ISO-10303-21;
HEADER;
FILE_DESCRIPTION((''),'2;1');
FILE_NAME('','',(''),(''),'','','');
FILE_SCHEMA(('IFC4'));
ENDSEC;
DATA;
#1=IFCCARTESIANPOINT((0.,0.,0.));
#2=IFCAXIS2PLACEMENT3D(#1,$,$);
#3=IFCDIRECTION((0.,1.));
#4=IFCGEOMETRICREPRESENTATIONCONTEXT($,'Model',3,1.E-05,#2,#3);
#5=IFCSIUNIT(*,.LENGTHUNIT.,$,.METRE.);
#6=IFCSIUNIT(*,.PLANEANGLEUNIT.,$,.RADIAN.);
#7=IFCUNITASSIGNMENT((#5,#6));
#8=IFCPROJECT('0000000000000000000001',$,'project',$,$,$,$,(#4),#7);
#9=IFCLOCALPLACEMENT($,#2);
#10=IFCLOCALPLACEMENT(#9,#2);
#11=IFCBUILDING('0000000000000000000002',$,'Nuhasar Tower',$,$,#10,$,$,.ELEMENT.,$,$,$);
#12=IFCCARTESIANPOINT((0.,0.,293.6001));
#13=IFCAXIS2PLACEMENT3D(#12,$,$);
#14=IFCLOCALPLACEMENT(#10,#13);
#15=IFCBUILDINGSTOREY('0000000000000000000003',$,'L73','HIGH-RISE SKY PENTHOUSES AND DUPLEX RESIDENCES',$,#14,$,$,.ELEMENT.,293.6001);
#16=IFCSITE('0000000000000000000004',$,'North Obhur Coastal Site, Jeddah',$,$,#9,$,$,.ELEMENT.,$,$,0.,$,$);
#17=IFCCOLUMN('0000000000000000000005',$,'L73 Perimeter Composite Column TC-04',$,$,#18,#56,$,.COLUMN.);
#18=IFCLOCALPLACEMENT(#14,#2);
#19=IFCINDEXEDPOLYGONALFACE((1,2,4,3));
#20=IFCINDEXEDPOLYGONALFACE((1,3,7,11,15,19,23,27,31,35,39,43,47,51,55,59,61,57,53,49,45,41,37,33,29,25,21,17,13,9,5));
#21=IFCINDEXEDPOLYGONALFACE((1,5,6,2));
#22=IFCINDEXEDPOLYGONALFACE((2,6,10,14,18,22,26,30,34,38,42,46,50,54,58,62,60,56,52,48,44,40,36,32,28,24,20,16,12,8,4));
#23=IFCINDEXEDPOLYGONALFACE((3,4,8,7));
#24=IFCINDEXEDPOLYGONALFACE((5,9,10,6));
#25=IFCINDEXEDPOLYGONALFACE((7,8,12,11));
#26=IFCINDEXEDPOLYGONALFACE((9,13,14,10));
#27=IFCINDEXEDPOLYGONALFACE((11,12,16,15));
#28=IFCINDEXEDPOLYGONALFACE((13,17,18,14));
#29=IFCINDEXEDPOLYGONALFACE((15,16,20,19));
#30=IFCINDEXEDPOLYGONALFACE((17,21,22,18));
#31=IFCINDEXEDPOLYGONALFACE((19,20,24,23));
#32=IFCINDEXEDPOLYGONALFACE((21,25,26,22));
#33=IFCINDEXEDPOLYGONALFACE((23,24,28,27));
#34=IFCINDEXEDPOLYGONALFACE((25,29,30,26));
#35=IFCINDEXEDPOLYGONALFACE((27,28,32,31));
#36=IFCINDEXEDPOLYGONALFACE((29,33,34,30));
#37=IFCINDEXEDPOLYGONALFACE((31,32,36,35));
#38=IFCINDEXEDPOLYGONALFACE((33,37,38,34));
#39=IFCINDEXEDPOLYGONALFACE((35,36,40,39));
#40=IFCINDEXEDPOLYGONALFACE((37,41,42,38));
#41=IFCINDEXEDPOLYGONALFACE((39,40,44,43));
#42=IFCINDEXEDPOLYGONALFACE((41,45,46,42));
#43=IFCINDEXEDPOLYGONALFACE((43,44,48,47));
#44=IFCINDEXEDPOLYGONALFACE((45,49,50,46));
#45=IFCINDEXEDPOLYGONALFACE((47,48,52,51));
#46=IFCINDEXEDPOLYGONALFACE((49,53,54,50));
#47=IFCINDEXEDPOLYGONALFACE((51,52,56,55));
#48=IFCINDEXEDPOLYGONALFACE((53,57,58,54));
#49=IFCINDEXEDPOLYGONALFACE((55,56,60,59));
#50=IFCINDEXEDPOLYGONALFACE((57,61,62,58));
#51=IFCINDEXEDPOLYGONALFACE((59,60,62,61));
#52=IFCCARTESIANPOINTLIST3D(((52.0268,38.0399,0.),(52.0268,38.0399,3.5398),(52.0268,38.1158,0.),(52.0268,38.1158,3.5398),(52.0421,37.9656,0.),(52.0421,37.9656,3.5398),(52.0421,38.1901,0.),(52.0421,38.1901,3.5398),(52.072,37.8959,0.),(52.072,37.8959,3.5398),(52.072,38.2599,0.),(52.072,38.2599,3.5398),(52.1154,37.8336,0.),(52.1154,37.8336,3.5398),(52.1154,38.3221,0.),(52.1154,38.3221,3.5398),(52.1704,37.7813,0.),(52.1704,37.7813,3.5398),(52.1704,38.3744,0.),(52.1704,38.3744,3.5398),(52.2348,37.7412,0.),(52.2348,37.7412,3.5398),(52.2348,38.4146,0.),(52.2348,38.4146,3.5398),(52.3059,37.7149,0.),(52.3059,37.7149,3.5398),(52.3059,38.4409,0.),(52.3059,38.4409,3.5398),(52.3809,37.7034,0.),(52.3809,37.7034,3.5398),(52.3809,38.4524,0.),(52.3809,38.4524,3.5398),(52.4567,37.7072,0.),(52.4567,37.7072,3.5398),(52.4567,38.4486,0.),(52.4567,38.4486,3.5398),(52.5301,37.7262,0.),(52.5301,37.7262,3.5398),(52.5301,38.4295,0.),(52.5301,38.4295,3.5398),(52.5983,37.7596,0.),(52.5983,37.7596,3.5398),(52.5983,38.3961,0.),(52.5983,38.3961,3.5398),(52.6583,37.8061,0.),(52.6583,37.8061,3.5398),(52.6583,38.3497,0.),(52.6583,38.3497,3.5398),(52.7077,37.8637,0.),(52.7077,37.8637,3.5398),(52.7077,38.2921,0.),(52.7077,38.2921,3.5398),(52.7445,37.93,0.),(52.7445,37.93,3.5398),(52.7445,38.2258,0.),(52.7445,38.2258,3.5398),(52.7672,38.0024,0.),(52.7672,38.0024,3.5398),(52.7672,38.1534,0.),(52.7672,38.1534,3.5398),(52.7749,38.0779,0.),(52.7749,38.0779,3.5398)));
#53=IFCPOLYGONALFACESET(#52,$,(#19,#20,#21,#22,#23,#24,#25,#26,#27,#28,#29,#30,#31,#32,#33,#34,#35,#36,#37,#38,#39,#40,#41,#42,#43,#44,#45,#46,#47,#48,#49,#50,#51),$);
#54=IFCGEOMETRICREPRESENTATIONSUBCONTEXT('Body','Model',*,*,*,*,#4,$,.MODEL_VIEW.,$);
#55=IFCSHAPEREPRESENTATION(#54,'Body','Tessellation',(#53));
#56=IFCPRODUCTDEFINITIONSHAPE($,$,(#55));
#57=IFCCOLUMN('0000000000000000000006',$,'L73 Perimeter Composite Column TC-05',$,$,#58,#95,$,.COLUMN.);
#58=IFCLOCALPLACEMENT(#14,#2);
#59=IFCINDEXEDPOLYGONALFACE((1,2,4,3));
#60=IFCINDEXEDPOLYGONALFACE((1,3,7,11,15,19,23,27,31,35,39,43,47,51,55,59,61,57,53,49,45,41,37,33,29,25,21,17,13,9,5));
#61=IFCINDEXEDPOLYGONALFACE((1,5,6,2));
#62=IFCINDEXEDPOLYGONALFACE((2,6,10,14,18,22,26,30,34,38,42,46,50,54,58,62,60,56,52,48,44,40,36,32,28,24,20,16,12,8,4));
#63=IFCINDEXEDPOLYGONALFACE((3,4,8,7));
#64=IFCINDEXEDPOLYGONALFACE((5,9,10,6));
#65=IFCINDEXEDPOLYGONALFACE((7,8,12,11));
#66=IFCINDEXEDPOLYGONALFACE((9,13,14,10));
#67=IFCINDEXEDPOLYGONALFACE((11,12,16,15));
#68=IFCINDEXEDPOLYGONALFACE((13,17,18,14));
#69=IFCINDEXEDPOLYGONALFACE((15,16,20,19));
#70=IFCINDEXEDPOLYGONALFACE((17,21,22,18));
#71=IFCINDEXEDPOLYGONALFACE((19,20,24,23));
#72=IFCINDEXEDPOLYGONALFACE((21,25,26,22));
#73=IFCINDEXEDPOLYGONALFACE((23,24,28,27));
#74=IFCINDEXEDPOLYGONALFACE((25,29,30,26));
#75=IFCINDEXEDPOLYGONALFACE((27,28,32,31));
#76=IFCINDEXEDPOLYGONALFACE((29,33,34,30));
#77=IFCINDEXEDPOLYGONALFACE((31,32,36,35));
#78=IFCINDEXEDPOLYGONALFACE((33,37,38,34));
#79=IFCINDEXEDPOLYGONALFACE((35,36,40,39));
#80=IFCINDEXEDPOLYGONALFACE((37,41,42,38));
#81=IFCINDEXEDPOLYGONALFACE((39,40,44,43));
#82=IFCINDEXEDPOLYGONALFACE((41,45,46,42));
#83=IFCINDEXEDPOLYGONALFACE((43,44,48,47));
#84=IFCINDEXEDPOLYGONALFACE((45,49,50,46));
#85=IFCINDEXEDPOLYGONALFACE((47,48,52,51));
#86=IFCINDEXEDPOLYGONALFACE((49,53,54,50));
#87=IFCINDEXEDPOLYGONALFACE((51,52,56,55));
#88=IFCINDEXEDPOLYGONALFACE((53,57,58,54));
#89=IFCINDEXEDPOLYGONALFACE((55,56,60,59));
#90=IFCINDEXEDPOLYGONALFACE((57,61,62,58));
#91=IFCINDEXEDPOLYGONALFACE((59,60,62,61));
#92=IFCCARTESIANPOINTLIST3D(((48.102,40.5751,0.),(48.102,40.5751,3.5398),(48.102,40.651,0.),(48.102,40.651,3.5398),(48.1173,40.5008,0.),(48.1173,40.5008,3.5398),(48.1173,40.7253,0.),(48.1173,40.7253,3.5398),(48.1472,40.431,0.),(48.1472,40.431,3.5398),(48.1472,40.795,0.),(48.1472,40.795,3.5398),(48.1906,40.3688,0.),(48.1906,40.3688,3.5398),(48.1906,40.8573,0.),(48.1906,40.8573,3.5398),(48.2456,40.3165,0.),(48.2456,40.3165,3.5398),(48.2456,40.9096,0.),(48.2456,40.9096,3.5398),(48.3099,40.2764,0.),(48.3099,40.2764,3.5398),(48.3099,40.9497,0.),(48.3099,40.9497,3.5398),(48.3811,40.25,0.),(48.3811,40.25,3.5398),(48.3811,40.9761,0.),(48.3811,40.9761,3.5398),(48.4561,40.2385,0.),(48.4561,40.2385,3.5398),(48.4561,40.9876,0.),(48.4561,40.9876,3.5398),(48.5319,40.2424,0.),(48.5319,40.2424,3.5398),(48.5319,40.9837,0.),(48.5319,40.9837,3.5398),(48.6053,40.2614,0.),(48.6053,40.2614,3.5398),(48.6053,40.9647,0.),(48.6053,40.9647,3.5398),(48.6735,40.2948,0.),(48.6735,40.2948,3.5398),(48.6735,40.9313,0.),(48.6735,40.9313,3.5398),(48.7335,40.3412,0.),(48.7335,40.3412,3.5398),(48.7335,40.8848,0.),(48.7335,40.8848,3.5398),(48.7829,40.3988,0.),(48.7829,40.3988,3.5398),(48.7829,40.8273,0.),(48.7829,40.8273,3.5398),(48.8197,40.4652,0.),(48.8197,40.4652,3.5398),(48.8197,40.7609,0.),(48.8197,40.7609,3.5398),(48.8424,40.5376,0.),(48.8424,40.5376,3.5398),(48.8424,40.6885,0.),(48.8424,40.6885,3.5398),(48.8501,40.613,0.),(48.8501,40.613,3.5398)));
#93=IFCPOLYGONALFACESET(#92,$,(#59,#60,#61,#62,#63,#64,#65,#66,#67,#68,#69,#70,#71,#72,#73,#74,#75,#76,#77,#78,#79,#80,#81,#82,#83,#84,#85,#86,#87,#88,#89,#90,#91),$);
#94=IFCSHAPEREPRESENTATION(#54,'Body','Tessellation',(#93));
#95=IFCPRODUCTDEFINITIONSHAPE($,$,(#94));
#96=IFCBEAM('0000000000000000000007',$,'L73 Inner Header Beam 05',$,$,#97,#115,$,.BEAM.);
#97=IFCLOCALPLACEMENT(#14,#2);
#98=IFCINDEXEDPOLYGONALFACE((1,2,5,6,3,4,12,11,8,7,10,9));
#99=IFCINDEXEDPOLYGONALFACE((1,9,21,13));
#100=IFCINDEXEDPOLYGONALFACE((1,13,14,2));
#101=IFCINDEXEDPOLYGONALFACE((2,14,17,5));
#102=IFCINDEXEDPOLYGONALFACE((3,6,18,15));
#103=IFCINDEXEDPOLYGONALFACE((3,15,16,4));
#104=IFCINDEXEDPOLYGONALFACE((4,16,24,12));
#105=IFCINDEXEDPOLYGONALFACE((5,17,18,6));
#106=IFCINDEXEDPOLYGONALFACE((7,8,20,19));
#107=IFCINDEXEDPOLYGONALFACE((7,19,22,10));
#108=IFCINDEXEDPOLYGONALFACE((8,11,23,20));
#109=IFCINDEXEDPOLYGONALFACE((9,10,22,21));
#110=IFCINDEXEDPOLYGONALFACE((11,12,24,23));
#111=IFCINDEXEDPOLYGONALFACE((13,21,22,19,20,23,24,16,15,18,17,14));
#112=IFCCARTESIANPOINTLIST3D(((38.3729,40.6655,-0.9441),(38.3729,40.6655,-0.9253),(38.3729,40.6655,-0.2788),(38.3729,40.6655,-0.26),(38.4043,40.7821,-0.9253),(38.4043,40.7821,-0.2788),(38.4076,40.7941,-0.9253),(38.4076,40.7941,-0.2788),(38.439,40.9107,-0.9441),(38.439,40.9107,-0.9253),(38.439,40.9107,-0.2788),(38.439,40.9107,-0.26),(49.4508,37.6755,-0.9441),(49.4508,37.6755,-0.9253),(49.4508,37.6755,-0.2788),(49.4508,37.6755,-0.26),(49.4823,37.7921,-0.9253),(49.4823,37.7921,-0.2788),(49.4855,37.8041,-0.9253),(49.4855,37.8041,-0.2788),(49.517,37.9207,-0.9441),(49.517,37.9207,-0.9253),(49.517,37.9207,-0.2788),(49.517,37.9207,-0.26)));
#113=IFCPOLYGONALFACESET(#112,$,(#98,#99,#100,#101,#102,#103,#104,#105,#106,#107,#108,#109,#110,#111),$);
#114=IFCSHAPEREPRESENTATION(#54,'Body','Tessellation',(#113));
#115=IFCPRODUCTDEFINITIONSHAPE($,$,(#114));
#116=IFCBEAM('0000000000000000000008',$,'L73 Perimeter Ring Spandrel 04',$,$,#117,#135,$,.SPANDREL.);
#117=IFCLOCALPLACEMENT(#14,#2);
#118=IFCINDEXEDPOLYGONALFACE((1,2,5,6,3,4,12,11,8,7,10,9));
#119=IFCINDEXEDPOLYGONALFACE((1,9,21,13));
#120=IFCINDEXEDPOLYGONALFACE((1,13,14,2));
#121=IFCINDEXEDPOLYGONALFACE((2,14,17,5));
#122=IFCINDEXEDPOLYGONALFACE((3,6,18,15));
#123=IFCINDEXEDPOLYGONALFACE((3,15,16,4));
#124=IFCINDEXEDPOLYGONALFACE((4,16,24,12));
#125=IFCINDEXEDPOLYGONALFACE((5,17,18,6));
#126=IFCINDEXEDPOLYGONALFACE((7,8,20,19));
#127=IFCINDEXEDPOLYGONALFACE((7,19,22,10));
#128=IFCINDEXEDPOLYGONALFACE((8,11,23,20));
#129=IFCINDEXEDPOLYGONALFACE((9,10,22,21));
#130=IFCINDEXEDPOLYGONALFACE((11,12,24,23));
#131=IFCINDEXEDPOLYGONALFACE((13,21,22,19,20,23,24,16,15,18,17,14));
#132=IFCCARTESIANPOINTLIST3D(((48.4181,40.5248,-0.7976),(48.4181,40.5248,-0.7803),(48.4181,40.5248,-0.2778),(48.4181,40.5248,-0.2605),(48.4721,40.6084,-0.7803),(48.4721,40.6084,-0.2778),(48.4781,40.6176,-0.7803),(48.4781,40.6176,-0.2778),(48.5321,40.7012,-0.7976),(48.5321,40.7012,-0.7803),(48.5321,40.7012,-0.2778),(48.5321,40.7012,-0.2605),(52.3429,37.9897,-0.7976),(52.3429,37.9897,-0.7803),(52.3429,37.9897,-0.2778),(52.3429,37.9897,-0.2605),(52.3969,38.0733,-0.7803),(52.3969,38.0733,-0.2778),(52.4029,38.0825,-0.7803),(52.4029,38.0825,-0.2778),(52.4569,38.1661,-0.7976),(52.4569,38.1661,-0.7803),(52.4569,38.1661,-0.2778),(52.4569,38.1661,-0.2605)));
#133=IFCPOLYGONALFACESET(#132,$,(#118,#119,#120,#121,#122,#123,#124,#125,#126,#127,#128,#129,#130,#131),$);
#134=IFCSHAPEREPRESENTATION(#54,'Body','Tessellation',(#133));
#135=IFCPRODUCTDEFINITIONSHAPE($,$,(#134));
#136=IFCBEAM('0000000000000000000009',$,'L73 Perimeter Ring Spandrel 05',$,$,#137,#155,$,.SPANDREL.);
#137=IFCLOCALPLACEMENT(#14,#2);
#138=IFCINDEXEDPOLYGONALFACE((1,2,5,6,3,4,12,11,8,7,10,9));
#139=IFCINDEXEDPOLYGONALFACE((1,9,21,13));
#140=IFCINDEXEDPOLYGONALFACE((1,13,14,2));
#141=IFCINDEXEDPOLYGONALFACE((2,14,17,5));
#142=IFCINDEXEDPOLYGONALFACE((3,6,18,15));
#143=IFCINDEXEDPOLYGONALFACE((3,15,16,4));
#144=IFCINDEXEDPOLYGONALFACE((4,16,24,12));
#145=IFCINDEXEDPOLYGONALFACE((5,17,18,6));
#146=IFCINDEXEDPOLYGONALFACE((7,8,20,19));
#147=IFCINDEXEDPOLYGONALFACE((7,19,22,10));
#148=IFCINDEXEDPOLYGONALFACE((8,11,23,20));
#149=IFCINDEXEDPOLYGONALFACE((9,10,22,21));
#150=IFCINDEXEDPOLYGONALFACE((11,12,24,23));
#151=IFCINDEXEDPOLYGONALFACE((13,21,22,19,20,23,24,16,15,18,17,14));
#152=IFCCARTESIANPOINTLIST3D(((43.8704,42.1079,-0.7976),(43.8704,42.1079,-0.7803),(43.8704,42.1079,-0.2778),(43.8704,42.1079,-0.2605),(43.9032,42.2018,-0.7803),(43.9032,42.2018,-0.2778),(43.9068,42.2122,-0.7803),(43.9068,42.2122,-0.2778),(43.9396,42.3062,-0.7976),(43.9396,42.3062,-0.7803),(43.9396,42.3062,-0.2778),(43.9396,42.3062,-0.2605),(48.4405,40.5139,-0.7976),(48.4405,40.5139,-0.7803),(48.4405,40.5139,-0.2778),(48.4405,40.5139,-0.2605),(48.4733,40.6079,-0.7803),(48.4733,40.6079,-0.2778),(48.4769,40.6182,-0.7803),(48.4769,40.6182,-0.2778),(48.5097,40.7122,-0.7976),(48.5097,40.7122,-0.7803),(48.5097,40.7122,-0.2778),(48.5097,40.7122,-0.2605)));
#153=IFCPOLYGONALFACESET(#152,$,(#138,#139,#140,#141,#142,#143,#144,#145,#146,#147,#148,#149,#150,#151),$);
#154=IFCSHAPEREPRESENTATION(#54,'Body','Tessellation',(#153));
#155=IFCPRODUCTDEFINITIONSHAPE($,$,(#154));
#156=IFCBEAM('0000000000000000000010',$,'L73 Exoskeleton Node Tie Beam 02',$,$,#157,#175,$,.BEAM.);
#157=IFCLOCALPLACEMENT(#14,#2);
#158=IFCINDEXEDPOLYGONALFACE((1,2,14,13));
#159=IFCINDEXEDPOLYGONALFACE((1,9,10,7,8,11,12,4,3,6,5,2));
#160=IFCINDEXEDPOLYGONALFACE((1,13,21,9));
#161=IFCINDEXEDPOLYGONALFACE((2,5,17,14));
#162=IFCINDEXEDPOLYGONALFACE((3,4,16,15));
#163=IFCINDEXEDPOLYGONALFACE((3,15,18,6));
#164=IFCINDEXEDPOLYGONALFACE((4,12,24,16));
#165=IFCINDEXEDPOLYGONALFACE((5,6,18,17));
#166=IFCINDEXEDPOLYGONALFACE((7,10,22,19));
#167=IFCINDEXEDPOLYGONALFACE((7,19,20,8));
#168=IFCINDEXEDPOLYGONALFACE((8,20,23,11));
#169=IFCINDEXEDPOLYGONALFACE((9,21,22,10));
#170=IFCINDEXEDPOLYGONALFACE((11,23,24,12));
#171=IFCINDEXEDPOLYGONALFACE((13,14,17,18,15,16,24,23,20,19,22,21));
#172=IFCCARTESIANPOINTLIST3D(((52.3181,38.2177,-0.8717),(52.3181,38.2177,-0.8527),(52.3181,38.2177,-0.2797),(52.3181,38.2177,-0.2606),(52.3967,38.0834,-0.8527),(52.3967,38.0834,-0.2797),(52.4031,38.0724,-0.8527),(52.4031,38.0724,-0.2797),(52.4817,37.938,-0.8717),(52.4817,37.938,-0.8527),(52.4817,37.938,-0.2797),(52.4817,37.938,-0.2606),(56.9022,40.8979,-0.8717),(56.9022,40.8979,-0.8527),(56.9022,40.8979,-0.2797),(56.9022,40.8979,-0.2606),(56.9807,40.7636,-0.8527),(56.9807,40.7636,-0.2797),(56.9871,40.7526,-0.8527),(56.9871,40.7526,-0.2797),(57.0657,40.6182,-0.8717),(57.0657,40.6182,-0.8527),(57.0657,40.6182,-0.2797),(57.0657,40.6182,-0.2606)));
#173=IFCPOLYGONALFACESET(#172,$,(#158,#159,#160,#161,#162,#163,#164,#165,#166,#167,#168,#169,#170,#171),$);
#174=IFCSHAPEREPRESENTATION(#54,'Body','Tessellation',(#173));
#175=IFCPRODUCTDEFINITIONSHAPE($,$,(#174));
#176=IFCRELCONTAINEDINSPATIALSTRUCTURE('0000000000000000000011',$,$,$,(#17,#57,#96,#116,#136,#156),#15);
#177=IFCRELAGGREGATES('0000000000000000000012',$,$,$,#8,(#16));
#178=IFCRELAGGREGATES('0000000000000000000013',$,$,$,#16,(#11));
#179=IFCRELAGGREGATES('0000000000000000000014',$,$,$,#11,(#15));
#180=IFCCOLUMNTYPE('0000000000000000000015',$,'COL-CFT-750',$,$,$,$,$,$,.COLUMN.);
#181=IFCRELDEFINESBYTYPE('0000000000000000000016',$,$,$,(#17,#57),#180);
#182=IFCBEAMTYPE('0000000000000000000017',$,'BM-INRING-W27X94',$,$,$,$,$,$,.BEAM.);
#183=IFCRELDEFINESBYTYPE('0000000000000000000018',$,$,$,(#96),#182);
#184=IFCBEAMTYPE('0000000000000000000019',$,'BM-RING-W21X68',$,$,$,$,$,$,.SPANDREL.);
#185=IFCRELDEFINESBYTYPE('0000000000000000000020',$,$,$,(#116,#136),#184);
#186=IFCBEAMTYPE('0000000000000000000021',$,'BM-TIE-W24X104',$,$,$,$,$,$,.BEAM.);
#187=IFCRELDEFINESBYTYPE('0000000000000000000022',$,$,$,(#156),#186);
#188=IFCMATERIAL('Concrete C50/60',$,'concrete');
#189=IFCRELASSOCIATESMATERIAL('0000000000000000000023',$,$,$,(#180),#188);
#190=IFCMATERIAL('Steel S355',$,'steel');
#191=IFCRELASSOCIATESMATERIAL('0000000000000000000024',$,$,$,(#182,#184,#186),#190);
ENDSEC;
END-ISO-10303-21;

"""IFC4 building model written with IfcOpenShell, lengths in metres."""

from ifc_helpers import new_model, si_unit, direction, frame, origin, origin_2d, place, context, subcontext, project, spatial, circle, i_section, extrude, material, material_profile, profile_set, type_object, element, save


model = new_model("IFC4")

# Units and contexts
model_context = context("Model", 3, precision=1e-05, world=origin(), true_north=direction((0.0, 1.0)))
body_context = subcontext(model_context, "Body", "Model", "MODEL_VIEW")
ifc_project = project(units=[si_unit("LENGTHUNIT", "METRE"), si_unit("PLANEANGLEUNIT", "RADIAN")], contexts=[model_context])

# Site, building, storey
site_placement = place(None, origin())
site = spatial("IfcSite", under=ifc_project, at=site_placement, Name="North Obhur Coastal Site, Jeddah", CompositionType="ELEMENT", RefElevation=0.0)
building_placement = place(site_placement, origin())
building = spatial("IfcBuilding", under=site, at=building_placement, Name="Nuhasar Tower", CompositionType="ELEMENT")
storey_placement = place(building_placement, frame((0.0, 0.0, 293.6001)))
storey = spatial("IfcBuildingStorey", under=building, at=storey_placement, Name="L73", Description="HIGH-RISE SKY PENTHOUSES AND DUPLEX RESIDENCES", CompositionType="ELEMENT", Elevation=293.6001)

# Columns
ifc_material_1 = material(Name="Concrete C50/60", Category="concrete")
ifc_material_profile_1 = material_profile(ifc_material_1, circle(Radius=0.375, at=origin_2d()), Name="CFT750")
ifc_profile_set_1 = profile_set([ifc_material_profile_1], Name="Concrete C50/60")
column_type = type_object("IfcColumnType", Name="COL-CFT-750", PredefinedType="COLUMN", material=ifc_profile_set_1)
for number, where, z_axis, x_axis, name in (
    (1, (52.3999, 38.0779, 0.0), (0.0, 0.0, 1.0), (1.0, 0.0, 0.0), "L73 Perimeter Composite Column TC-04"),
    (2, (48.4751, 40.613, 0.0), (0.0, 0.0, 1.0), (1.0, 0.0, 0.0), "L73 Perimeter Composite Column TC-05"),
):
    element("IfcColumn", number, at=place(storey_placement, frame(where, z_axis=z_axis, x_axis=x_axis)), inside=storey, type_object=column_type, Name=name, PredefinedType="COLUMN", context=body_context, shape_type="SweptSolid", body=[
        extrude(circle(Radius=0.375, at=origin_2d()), origin(), (0.0, 0.0, 1.0), 3.5398),
    ])

# Beams
ifc_material_2 = material(Name="Steel S355", Category="steel")
ifc_material_profile_2 = material_profile(ifc_material_2, i_section(OverallWidth=0.2539, OverallDepth=0.6841, WebThickness=0.0125, FlangeThickness=0.0188, at=origin_2d()), Name="W27X94")
ifc_profile_set_2 = profile_set([ifc_material_profile_2], Name="Steel S355")
beam_type_1 = type_object("IfcBeamType", Name="BM-INRING-W27X94", PredefinedType="BEAM", material=ifc_profile_set_2)
beam_1_placement = place(storey_placement, frame((49.4839, 37.7981, -0.6021), z_axis=(-0.965452, 0.260582, 0.0), x_axis=(-0.260582, -0.965452, 0.0)))
element("IfcBeam", 3, at=beam_1_placement, inside=storey, type_object=beam_type_1, Name="L73 Inner Header Beam 05", PredefinedType="BEAM", context=body_context, shape_type="SweptSolid", body=[
    extrude(i_section(OverallWidth=0.2539, OverallDepth=0.6841, WebThickness=0.0125, FlangeThickness=0.0188, at=origin_2d()), origin(), (0.0, 0.0, 1.0), 11.4744),
])
ifc_material_profile_3 = material_profile(ifc_material_2, i_section(OverallWidth=0.21, OverallDepth=0.5371, WebThickness=0.011, FlangeThickness=0.0173, at=origin_2d()), Name="W21X68")
ifc_profile_set_3 = profile_set([ifc_material_profile_3], Name="Steel S355")
beam_type_2 = type_object("IfcBeamType", Name="BM-RING-W21X68", PredefinedType="SPANDREL", material=ifc_profile_set_3)
beam_2_placement = place(storey_placement, frame((52.3999, 38.0779, -0.5291), z_axis=(-0.840002, 0.542584, 0.0), x_axis=(-0.542584, -0.840002, 0.0)))
element("IfcBeam", 4, at=beam_2_placement, inside=storey, type_object=beam_type_2, Name="L73 Perimeter Ring Spandrel 04", PredefinedType="SPANDREL", context=body_context, shape_type="SweptSolid", body=[
    extrude(i_section(OverallWidth=0.21, OverallDepth=0.5371, WebThickness=0.011, FlangeThickness=0.0173, at=origin_2d()), origin(), (0.0, 0.0, 1.0), 4.6724),
])
beam_3_placement = place(storey_placement, frame((48.4751, 40.613, -0.5291), z_axis=(-0.944214, 0.329332, 0.0), x_axis=(-0.329332, -0.944214, 0.0)))
element("IfcBeam", 5, at=beam_3_placement, inside=storey, type_object=beam_type_2, Name="L73 Perimeter Ring Spandrel 05", PredefinedType="SPANDREL", context=body_context, shape_type="SweptSolid", body=[
    extrude(i_section(OverallWidth=0.21, OverallDepth=0.5371, WebThickness=0.011, FlangeThickness=0.0173, at=origin_2d()), origin(), (0.0, 0.0, 1.0), 4.8401),
])
ifc_material_profile_4 = material_profile(ifc_material_2, i_section(OverallWidth=0.324, OverallDepth=0.6111, WebThickness=0.0127, FlangeThickness=0.019, at=origin_2d()), Name="W24X104")
ifc_profile_set_4 = profile_set([ifc_material_profile_4], Name="Steel S355")
beam_type_3 = type_object("IfcBeamType", Name="BM-TIE-W24X104", PredefinedType="BEAM", material=ifc_profile_set_4)
beam_4_placement = place(storey_placement, frame((52.3999, 38.0779, -0.5662), z_axis=(0.863272, 0.50474, 0.0), x_axis=(-0.50474, 0.863272, 0.0)))
element("IfcBeam", 6, at=beam_4_placement, inside=storey, type_object=beam_type_3, Name="L73 Exoskeleton Node Tie Beam 02", PredefinedType="BEAM", context=body_context, shape_type="SweptSolid", body=[
    extrude(i_section(OverallWidth=0.324, OverallDepth=0.6111, WebThickness=0.0127, FlangeThickness=0.019, at=origin_2d()), origin(), (0.0, 0.0, 1.0), 5.3101),
])

save(model, "model.ifc")
